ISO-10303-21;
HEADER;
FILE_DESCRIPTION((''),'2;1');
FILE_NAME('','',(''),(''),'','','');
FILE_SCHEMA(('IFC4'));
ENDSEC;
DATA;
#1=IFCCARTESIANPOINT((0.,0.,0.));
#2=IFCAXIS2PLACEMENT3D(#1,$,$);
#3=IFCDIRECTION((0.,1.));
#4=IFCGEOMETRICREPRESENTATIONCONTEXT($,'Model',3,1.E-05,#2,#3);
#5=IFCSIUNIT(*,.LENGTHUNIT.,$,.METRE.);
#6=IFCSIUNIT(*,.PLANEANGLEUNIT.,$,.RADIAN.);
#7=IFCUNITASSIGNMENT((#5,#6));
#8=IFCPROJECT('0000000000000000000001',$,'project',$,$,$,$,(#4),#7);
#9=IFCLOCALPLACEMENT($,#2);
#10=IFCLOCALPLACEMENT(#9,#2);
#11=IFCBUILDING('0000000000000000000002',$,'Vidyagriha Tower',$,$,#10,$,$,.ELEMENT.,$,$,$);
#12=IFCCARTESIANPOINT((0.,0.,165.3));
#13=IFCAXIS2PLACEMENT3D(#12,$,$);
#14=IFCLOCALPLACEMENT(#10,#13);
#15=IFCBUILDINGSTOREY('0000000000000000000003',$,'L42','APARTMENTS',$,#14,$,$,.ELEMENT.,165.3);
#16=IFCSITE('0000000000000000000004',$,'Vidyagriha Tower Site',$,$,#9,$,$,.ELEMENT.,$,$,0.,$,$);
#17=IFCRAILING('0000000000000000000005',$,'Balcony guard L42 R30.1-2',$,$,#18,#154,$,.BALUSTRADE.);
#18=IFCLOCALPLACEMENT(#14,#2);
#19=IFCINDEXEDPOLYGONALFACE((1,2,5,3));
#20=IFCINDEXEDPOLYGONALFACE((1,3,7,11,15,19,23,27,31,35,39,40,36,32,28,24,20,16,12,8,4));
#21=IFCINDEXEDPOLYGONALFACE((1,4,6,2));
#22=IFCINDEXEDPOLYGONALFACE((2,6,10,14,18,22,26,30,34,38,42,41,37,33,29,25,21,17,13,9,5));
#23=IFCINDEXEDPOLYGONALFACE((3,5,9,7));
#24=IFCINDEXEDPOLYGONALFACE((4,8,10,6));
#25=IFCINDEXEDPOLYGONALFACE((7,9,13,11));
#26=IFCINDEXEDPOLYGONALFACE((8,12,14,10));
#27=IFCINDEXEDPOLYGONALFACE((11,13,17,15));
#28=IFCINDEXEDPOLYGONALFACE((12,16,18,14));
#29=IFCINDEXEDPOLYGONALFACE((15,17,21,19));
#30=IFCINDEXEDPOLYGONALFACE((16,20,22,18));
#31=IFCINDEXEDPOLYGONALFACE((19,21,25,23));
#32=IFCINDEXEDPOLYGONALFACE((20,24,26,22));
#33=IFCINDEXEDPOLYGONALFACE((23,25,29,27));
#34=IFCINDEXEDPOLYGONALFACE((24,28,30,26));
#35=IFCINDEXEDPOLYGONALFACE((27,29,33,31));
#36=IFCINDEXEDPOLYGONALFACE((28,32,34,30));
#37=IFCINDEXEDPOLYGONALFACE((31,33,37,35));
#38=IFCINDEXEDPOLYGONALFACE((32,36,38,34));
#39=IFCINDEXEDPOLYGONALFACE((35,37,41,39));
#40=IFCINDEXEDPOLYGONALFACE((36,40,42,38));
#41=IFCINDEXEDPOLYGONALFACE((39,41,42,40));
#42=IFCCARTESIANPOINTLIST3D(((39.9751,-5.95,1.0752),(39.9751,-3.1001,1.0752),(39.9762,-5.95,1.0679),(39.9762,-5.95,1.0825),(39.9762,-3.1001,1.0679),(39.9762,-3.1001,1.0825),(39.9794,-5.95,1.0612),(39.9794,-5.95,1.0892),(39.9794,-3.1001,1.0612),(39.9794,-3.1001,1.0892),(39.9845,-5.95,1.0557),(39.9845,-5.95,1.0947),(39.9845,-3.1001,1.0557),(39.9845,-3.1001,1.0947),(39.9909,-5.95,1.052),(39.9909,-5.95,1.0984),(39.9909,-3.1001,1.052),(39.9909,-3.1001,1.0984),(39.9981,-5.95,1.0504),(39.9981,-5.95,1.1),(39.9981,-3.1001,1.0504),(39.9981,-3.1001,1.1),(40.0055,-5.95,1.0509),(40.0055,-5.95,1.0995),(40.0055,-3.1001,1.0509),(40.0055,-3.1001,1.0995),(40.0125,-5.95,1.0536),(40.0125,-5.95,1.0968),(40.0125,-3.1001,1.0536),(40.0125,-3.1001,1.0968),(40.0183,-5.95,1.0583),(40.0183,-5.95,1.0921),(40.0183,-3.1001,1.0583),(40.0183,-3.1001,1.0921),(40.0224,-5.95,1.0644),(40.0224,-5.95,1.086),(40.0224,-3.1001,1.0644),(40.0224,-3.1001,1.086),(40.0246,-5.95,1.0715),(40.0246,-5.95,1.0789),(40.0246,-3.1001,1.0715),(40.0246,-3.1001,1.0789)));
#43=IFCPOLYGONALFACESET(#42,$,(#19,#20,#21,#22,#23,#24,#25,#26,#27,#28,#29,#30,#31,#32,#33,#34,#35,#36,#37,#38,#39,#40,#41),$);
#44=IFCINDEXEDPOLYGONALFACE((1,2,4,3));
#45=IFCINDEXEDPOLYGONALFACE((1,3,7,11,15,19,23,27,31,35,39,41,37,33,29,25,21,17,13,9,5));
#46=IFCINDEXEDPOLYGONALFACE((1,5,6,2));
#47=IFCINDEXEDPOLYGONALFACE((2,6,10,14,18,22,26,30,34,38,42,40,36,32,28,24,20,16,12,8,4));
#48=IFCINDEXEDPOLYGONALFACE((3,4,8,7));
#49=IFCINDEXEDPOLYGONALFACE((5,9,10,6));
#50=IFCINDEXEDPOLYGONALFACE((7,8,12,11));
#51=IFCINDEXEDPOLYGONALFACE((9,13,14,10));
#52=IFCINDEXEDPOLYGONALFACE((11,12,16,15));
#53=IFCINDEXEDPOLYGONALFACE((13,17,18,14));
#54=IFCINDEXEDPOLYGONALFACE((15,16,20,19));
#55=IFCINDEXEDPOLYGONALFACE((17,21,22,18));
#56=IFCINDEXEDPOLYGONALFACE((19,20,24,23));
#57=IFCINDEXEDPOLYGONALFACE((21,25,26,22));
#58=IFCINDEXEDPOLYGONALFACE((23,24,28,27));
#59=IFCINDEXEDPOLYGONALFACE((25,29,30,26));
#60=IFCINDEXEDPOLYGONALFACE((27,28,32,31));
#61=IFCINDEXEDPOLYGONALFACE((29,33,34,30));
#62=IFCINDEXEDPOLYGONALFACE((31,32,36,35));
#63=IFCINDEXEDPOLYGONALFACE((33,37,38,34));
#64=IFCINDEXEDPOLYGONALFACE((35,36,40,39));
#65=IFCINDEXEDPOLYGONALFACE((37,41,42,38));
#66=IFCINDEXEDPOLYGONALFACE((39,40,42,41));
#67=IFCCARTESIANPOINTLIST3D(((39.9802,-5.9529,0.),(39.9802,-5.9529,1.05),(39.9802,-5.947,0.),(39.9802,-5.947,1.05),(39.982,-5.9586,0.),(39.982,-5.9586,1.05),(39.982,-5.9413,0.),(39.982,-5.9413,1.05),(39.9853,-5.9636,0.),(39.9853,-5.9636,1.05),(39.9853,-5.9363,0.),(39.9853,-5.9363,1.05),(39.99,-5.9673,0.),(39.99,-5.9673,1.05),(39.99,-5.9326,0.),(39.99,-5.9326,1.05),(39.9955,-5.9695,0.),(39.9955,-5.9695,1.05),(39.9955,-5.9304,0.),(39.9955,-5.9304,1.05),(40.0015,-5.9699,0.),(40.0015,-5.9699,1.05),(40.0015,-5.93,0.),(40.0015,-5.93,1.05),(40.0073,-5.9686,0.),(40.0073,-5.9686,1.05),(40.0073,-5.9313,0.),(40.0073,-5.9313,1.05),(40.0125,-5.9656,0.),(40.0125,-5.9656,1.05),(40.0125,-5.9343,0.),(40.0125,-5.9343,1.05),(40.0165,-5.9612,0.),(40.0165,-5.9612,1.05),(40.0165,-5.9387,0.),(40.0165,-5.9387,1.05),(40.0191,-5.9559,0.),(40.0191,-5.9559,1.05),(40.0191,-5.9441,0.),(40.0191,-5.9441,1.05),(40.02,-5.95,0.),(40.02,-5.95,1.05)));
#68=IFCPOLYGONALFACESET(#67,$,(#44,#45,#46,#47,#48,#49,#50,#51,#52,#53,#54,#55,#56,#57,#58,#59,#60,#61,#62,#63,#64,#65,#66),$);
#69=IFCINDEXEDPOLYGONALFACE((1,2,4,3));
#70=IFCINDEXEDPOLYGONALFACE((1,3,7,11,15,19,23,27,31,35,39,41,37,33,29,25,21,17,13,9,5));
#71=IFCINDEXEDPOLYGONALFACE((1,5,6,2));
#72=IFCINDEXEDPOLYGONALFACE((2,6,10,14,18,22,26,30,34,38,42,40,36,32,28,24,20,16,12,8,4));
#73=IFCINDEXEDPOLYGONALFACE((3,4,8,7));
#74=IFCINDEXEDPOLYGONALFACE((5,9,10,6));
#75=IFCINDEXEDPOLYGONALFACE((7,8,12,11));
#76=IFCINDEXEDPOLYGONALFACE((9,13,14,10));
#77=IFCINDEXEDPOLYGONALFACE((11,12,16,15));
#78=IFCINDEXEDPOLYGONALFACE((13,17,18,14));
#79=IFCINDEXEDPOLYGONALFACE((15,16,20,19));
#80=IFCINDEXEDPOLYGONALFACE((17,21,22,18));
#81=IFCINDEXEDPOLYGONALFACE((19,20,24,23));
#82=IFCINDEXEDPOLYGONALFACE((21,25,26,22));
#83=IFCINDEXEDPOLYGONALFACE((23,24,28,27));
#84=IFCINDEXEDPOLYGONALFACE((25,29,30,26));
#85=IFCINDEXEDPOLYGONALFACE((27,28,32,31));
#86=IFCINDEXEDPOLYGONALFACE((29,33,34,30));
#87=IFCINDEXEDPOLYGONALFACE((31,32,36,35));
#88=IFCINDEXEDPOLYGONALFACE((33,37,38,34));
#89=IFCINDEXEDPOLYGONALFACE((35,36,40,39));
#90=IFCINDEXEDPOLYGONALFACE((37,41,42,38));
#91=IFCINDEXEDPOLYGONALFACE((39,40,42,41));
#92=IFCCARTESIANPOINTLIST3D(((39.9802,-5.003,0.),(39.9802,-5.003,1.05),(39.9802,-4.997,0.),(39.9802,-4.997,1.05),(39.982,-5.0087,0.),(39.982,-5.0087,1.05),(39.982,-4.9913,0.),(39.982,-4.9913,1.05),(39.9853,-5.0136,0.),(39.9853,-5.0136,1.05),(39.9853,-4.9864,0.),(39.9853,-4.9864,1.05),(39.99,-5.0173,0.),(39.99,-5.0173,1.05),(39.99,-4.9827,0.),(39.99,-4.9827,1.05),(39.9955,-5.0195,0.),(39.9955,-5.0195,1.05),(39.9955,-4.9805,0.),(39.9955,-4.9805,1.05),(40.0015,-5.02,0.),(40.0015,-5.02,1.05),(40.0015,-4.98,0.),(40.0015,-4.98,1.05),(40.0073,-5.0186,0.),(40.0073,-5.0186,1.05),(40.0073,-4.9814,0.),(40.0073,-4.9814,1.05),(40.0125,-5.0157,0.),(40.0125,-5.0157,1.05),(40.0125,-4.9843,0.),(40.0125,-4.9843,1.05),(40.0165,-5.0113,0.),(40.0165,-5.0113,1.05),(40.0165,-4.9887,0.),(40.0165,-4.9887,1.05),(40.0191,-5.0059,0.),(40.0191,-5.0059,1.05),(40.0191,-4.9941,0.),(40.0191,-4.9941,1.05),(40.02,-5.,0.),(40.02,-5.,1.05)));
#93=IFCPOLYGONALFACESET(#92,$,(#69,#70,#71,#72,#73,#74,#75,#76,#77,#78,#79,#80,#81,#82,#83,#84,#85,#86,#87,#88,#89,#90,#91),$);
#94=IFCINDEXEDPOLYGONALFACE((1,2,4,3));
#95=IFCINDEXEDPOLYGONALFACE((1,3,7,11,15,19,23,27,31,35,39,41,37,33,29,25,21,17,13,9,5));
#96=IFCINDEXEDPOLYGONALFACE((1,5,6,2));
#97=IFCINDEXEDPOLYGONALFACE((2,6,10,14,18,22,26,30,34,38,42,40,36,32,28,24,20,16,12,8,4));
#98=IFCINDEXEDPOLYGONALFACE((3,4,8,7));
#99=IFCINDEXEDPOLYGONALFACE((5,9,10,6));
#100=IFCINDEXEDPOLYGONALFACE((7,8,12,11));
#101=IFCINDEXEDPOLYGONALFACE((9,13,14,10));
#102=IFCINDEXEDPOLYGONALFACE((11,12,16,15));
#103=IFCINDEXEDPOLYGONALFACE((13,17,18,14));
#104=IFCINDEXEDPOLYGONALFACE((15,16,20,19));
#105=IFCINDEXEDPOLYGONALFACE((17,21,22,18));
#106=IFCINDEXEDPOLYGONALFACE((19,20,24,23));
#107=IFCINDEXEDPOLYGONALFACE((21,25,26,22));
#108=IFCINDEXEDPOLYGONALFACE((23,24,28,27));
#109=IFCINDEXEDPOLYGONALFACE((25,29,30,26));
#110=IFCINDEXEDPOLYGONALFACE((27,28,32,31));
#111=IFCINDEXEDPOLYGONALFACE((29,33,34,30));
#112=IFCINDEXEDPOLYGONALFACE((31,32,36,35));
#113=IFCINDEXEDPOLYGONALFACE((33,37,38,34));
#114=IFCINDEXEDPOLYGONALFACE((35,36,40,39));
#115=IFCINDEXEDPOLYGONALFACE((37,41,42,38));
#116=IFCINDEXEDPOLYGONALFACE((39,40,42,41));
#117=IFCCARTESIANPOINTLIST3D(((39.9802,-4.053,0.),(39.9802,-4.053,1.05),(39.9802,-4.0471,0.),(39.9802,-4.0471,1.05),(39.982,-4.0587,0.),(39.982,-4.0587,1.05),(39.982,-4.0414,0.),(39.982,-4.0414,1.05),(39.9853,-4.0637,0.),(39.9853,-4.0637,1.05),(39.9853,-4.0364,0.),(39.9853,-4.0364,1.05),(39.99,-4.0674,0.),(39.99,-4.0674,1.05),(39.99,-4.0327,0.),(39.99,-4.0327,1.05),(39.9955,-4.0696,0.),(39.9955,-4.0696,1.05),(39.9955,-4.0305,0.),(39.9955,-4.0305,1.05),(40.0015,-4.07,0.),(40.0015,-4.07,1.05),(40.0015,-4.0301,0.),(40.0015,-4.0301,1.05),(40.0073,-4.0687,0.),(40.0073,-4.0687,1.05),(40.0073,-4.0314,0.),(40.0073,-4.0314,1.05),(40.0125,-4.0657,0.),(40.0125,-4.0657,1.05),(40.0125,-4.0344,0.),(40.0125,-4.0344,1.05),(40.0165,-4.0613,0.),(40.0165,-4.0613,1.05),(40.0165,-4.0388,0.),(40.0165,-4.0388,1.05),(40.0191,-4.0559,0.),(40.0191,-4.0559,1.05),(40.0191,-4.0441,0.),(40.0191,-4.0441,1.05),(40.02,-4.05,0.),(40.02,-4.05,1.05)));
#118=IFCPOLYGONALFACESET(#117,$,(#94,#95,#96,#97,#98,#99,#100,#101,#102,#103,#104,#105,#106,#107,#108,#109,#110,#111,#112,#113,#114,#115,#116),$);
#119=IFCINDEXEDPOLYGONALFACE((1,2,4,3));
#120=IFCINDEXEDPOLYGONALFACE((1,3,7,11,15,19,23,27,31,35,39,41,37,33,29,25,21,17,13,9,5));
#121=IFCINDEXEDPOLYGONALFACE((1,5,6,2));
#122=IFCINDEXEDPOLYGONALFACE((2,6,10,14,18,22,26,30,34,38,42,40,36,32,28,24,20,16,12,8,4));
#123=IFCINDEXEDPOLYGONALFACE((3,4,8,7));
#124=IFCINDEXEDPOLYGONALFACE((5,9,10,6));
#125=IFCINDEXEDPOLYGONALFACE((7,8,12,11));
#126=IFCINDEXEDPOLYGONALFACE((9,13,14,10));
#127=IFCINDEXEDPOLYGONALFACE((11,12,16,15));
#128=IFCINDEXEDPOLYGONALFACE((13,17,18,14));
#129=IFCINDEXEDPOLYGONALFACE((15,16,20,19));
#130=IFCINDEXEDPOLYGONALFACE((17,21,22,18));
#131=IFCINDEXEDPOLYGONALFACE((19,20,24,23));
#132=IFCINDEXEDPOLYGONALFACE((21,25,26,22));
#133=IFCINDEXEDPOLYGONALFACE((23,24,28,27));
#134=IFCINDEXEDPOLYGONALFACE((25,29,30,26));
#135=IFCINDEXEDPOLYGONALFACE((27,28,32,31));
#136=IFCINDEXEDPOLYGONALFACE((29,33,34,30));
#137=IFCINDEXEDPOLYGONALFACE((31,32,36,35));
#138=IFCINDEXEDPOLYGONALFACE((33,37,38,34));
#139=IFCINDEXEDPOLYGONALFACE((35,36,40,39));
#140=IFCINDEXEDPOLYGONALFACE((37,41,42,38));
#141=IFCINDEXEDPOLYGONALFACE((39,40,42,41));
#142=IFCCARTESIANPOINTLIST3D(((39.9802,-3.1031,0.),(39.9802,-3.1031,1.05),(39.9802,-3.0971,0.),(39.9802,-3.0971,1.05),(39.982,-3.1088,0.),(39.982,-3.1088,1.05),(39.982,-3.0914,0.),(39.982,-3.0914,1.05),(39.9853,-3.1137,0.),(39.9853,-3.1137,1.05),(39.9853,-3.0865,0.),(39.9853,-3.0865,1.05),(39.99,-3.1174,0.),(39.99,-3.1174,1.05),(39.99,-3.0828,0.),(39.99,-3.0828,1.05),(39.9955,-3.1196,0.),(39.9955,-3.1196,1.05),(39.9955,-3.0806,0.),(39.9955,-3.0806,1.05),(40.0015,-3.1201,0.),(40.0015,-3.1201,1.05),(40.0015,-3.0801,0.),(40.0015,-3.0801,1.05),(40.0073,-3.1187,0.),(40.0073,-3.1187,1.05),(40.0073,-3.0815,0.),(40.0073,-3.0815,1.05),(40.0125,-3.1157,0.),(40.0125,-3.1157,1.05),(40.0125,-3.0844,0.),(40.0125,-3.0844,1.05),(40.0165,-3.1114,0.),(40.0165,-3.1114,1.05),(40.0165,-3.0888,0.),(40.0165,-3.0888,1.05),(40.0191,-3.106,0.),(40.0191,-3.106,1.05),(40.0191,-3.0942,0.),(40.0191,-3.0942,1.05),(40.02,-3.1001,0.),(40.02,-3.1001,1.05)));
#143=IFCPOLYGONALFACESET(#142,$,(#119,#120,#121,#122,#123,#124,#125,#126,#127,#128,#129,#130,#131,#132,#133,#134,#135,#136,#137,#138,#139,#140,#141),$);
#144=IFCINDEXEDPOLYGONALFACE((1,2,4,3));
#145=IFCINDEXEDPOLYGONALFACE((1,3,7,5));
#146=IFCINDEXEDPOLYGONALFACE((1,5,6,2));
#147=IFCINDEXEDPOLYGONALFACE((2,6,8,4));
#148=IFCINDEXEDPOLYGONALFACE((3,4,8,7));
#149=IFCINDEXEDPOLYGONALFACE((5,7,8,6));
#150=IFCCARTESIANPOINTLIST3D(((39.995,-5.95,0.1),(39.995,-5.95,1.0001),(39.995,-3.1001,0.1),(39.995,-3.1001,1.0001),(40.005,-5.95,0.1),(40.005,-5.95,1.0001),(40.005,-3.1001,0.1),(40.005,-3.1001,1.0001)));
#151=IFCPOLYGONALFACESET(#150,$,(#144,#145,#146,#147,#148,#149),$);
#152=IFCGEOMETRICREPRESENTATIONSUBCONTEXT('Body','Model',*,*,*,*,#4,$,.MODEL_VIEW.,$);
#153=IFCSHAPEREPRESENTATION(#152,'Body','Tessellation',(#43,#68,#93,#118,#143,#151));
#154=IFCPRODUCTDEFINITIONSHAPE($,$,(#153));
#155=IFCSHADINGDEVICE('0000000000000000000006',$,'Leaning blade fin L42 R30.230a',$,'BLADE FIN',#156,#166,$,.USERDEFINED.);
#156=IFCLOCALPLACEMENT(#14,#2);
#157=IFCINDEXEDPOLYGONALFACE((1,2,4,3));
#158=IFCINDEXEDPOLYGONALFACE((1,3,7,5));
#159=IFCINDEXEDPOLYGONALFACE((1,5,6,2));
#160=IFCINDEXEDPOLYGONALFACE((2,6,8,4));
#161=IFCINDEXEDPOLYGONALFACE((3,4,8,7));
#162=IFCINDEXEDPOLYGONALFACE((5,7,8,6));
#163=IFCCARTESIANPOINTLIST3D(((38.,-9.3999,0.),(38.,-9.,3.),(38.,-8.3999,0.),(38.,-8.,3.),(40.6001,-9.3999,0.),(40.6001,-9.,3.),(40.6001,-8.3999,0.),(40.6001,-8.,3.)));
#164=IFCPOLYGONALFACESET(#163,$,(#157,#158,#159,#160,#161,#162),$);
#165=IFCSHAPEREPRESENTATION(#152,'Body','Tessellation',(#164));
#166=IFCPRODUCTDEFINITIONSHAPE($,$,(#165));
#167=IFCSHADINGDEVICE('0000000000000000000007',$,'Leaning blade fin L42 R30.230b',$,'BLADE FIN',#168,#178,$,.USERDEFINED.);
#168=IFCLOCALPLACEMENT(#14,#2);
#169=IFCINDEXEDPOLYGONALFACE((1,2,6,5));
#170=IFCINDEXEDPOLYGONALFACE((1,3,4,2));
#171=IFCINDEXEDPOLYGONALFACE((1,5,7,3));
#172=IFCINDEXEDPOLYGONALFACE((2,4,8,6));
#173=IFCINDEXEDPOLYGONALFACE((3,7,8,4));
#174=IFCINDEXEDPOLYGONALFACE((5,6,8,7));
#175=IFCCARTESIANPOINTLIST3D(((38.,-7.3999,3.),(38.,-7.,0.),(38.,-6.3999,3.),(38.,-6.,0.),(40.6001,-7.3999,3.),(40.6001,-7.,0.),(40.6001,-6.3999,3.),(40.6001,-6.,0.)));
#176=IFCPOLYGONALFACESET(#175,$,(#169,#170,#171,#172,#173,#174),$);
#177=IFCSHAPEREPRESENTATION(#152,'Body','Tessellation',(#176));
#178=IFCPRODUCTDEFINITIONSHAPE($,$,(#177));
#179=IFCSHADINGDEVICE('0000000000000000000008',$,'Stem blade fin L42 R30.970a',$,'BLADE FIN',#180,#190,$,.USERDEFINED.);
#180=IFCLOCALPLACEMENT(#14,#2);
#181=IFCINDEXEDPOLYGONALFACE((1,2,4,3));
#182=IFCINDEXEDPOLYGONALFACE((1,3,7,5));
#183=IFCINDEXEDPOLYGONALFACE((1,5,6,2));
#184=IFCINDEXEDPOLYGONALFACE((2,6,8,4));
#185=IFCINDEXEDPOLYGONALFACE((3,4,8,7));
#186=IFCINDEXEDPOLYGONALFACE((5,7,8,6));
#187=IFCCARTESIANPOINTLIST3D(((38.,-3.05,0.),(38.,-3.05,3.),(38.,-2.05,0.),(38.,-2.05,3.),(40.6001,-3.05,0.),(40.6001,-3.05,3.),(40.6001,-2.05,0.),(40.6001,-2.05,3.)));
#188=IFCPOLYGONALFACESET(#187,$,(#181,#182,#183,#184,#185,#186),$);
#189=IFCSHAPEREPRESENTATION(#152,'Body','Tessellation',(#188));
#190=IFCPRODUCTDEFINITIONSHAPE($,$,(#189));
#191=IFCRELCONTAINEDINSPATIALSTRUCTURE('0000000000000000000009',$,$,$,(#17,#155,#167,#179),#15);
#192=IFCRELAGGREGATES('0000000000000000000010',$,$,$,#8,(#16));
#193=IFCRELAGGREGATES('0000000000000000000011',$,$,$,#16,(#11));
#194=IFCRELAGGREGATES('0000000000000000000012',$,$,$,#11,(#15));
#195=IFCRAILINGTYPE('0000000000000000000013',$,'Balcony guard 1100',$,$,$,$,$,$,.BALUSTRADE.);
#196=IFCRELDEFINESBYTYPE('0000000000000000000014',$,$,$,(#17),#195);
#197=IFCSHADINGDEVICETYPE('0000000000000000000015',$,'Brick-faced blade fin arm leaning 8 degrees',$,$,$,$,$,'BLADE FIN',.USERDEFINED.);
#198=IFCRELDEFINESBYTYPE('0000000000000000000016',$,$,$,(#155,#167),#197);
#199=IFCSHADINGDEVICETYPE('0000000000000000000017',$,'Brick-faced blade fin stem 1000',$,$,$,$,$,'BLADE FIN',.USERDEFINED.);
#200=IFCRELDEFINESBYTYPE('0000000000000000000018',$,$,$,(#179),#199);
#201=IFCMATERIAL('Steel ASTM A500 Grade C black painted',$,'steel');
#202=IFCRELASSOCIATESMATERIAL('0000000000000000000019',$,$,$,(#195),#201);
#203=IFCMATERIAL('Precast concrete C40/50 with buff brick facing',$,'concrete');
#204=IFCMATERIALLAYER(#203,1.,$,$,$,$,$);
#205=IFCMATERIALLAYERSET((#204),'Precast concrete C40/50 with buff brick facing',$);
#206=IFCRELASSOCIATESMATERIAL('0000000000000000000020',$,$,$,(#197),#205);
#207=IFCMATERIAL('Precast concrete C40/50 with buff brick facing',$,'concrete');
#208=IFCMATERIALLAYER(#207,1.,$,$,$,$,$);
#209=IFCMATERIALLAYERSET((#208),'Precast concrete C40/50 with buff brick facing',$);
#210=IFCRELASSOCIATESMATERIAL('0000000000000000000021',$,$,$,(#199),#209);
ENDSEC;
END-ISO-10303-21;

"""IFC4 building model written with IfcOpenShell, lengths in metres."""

from ifc_helpers import new_model, si_unit, direction, frame, origin, origin_2d, place, context, subcontext, project, spatial, polyline, rectangle, circle, outline, extrude, material, layer, layer_set, type_object, element, save


model = new_model("IFC4")

# Units and contexts
model_context = context("Model", 3, precision=1e-05, world=origin(), true_north=direction((0.0, 1.0)))
body_context = subcontext(model_context, "Body", "Model", "MODEL_VIEW")
ifc_project = project(units=[si_unit("LENGTHUNIT", "METRE"), si_unit("PLANEANGLEUNIT", "RADIAN")], contexts=[model_context])

# Site, building, storey
site_placement = place(None, origin())
site = spatial("IfcSite", under=ifc_project, at=site_placement, Name="Vidyagriha Tower Site", CompositionType="ELEMENT", RefElevation=0.0)
building_placement = place(site_placement, origin())
building = spatial("IfcBuilding", under=site, at=building_placement, Name="Vidyagriha Tower", CompositionType="ELEMENT")
storey_placement = place(building_placement, frame((0.0, 0.0, 165.3)))
storey = spatial("IfcBuildingStorey", under=building, at=storey_placement, Name="L42", Description="APARTMENTS", CompositionType="ELEMENT", Elevation=165.3)

# Railing
ifc_material_1 = material(Name="Steel ASTM A500 Grade C black painted", Category="steel")
railing_type = type_object("IfcRailingType", Name="Balcony guard 1100", PredefinedType="BALUSTRADE", material=ifc_material_1)
railing_1_placement = place(storey_placement, frame((40.0, -5.95, 0.0)))
element("IfcRailing", 1, at=railing_1_placement, inside=storey, type_object=railing_type, Name="Balcony guard L42 R30.1-2", PredefinedType="BALUSTRADE", context=body_context, shape_type="SweptSolid", body=[
    extrude(circle(Radius=0.0249, at=origin_2d()), frame((0.0, 0.0, 1.0752), z_axis=(0.0, 1.0, 0.0), x_axis=(-1.0, 0.0, 0.0)), (0.0, 0.0, 1.0), 2.8499),
    extrude(circle(Radius=0.02, at=origin_2d()), origin(), (0.0, 0.0, 1.0), 1.05),
    extrude(circle(Radius=0.02, at=origin_2d()), frame((0.0, 0.95, 0.0)), (0.0, 0.0, 1.0), 1.05),
    extrude(circle(Radius=0.02, at=origin_2d()), frame((0.0, 1.8999, 0.0)), (0.0, 0.0, 1.0), 1.05),
    extrude(circle(Radius=0.02, at=origin_2d()), frame((0.0, 2.8499, 0.0)), (0.0, 0.0, 1.0), 1.05),
    extrude(rectangle(XDim=0.01, YDim=0.9001, at=origin_2d()), frame((0.0, 0.0, 0.55), z_axis=(0.0, 1.0, 0.0), x_axis=(-1.0, 0.0, 0.0)), (0.0, 0.0, 1.0), 2.8499),
])

# Shading devices
ifc_material_2 = material(Name="Precast concrete C40/50 with buff brick facing", Category="concrete")
ifc_layer_1 = layer(ifc_material_2, 1.0)
ifc_layer_set_1 = layer_set([ifc_layer_1], Name="Precast concrete C40/50 with buff brick facing")
shading_device_type_1 = type_object("IfcShadingDeviceType", Name="Brick-faced blade fin arm leaning 8 degrees", ElementType="BLADE FIN", PredefinedType="USERDEFINED", material=ifc_layer_set_1)
shading_device_1_placement = place(storey_placement, frame((39.3, -9.3999, 0.0), z_axis=(0.0, 0.0, 1.0), x_axis=(0.0, 1.0, 0.0)))
element("IfcShadingDevice", 2, at=shading_device_1_placement, inside=storey, type_object=shading_device_type_1, Name="Leaning blade fin L42 R30.230a", ObjectType="BLADE FIN", PredefinedType="USERDEFINED", context=body_context, shape_type="SweptSolid", body=[
    extrude(outline(polyline([(0.0, 0.0), (1.0, 0.0), (1.3999, 3.0), (0.3999, 3.0), (0.0, 0.0)])), frame((0.0, 1.3, 0.0), z_axis=(0.0, -1.0, 0.0), x_axis=(1.0, 0.0, 0.0)), (0.0, 0.0, 1.0), 2.6001),
])
shading_device_2_placement = place(storey_placement, frame((39.3, -7.3999, 0.0), z_axis=(0.0, 0.0, 1.0), x_axis=(0.0, 1.0, 0.0)))
element("IfcShadingDevice", 3, at=shading_device_2_placement, inside=storey, type_object=shading_device_type_1, Name="Leaning blade fin L42 R30.230b", ObjectType="BLADE FIN", PredefinedType="USERDEFINED", context=body_context, shape_type="SweptSolid", body=[
    extrude(outline(polyline([(0.3999, 0.0), (1.3999, 0.0), (1.0, 3.0), (0.0, 3.0), (0.3999, 0.0)])), frame((0.0, 1.3, 0.0), z_axis=(0.0, -1.0, 0.0), x_axis=(1.0, 0.0, 0.0)), (0.0, 0.0, 1.0), 2.6001),
])
ifc_material_3 = material(Name="Precast concrete C40/50 with buff brick facing", Category="concrete")
ifc_layer_2 = layer(ifc_material_3, 1.0)
ifc_layer_set_2 = layer_set([ifc_layer_2], Name="Precast concrete C40/50 with buff brick facing")
shading_device_type_2 = type_object("IfcShadingDeviceType", Name="Brick-faced blade fin stem 1000", ElementType="BLADE FIN", PredefinedType="USERDEFINED", material=ifc_layer_set_2)
shading_device_3_placement = place(storey_placement, frame((39.3, -3.05, 0.0), z_axis=(0.0, 0.0, 1.0), x_axis=(0.0, 1.0, 0.0)))
element("IfcShadingDevice", 4, at=shading_device_3_placement, inside=storey, type_object=shading_device_type_2, Name="Stem blade fin L42 R30.970a", ObjectType="BLADE FIN", PredefinedType="USERDEFINED", context=body_context, shape_type="SweptSolid", body=[
    extrude(outline(polyline([(0.0, 0.0), (1.0, 0.0), (1.0, 3.0), (0.0, 3.0), (0.0, 0.0)])), frame((0.0, 1.3, 0.0), z_axis=(0.0, -1.0, 0.0), x_axis=(1.0, 0.0, 0.0)), (0.0, 0.0, 1.0), 2.6001),
])

save(model, "model.ifc")
